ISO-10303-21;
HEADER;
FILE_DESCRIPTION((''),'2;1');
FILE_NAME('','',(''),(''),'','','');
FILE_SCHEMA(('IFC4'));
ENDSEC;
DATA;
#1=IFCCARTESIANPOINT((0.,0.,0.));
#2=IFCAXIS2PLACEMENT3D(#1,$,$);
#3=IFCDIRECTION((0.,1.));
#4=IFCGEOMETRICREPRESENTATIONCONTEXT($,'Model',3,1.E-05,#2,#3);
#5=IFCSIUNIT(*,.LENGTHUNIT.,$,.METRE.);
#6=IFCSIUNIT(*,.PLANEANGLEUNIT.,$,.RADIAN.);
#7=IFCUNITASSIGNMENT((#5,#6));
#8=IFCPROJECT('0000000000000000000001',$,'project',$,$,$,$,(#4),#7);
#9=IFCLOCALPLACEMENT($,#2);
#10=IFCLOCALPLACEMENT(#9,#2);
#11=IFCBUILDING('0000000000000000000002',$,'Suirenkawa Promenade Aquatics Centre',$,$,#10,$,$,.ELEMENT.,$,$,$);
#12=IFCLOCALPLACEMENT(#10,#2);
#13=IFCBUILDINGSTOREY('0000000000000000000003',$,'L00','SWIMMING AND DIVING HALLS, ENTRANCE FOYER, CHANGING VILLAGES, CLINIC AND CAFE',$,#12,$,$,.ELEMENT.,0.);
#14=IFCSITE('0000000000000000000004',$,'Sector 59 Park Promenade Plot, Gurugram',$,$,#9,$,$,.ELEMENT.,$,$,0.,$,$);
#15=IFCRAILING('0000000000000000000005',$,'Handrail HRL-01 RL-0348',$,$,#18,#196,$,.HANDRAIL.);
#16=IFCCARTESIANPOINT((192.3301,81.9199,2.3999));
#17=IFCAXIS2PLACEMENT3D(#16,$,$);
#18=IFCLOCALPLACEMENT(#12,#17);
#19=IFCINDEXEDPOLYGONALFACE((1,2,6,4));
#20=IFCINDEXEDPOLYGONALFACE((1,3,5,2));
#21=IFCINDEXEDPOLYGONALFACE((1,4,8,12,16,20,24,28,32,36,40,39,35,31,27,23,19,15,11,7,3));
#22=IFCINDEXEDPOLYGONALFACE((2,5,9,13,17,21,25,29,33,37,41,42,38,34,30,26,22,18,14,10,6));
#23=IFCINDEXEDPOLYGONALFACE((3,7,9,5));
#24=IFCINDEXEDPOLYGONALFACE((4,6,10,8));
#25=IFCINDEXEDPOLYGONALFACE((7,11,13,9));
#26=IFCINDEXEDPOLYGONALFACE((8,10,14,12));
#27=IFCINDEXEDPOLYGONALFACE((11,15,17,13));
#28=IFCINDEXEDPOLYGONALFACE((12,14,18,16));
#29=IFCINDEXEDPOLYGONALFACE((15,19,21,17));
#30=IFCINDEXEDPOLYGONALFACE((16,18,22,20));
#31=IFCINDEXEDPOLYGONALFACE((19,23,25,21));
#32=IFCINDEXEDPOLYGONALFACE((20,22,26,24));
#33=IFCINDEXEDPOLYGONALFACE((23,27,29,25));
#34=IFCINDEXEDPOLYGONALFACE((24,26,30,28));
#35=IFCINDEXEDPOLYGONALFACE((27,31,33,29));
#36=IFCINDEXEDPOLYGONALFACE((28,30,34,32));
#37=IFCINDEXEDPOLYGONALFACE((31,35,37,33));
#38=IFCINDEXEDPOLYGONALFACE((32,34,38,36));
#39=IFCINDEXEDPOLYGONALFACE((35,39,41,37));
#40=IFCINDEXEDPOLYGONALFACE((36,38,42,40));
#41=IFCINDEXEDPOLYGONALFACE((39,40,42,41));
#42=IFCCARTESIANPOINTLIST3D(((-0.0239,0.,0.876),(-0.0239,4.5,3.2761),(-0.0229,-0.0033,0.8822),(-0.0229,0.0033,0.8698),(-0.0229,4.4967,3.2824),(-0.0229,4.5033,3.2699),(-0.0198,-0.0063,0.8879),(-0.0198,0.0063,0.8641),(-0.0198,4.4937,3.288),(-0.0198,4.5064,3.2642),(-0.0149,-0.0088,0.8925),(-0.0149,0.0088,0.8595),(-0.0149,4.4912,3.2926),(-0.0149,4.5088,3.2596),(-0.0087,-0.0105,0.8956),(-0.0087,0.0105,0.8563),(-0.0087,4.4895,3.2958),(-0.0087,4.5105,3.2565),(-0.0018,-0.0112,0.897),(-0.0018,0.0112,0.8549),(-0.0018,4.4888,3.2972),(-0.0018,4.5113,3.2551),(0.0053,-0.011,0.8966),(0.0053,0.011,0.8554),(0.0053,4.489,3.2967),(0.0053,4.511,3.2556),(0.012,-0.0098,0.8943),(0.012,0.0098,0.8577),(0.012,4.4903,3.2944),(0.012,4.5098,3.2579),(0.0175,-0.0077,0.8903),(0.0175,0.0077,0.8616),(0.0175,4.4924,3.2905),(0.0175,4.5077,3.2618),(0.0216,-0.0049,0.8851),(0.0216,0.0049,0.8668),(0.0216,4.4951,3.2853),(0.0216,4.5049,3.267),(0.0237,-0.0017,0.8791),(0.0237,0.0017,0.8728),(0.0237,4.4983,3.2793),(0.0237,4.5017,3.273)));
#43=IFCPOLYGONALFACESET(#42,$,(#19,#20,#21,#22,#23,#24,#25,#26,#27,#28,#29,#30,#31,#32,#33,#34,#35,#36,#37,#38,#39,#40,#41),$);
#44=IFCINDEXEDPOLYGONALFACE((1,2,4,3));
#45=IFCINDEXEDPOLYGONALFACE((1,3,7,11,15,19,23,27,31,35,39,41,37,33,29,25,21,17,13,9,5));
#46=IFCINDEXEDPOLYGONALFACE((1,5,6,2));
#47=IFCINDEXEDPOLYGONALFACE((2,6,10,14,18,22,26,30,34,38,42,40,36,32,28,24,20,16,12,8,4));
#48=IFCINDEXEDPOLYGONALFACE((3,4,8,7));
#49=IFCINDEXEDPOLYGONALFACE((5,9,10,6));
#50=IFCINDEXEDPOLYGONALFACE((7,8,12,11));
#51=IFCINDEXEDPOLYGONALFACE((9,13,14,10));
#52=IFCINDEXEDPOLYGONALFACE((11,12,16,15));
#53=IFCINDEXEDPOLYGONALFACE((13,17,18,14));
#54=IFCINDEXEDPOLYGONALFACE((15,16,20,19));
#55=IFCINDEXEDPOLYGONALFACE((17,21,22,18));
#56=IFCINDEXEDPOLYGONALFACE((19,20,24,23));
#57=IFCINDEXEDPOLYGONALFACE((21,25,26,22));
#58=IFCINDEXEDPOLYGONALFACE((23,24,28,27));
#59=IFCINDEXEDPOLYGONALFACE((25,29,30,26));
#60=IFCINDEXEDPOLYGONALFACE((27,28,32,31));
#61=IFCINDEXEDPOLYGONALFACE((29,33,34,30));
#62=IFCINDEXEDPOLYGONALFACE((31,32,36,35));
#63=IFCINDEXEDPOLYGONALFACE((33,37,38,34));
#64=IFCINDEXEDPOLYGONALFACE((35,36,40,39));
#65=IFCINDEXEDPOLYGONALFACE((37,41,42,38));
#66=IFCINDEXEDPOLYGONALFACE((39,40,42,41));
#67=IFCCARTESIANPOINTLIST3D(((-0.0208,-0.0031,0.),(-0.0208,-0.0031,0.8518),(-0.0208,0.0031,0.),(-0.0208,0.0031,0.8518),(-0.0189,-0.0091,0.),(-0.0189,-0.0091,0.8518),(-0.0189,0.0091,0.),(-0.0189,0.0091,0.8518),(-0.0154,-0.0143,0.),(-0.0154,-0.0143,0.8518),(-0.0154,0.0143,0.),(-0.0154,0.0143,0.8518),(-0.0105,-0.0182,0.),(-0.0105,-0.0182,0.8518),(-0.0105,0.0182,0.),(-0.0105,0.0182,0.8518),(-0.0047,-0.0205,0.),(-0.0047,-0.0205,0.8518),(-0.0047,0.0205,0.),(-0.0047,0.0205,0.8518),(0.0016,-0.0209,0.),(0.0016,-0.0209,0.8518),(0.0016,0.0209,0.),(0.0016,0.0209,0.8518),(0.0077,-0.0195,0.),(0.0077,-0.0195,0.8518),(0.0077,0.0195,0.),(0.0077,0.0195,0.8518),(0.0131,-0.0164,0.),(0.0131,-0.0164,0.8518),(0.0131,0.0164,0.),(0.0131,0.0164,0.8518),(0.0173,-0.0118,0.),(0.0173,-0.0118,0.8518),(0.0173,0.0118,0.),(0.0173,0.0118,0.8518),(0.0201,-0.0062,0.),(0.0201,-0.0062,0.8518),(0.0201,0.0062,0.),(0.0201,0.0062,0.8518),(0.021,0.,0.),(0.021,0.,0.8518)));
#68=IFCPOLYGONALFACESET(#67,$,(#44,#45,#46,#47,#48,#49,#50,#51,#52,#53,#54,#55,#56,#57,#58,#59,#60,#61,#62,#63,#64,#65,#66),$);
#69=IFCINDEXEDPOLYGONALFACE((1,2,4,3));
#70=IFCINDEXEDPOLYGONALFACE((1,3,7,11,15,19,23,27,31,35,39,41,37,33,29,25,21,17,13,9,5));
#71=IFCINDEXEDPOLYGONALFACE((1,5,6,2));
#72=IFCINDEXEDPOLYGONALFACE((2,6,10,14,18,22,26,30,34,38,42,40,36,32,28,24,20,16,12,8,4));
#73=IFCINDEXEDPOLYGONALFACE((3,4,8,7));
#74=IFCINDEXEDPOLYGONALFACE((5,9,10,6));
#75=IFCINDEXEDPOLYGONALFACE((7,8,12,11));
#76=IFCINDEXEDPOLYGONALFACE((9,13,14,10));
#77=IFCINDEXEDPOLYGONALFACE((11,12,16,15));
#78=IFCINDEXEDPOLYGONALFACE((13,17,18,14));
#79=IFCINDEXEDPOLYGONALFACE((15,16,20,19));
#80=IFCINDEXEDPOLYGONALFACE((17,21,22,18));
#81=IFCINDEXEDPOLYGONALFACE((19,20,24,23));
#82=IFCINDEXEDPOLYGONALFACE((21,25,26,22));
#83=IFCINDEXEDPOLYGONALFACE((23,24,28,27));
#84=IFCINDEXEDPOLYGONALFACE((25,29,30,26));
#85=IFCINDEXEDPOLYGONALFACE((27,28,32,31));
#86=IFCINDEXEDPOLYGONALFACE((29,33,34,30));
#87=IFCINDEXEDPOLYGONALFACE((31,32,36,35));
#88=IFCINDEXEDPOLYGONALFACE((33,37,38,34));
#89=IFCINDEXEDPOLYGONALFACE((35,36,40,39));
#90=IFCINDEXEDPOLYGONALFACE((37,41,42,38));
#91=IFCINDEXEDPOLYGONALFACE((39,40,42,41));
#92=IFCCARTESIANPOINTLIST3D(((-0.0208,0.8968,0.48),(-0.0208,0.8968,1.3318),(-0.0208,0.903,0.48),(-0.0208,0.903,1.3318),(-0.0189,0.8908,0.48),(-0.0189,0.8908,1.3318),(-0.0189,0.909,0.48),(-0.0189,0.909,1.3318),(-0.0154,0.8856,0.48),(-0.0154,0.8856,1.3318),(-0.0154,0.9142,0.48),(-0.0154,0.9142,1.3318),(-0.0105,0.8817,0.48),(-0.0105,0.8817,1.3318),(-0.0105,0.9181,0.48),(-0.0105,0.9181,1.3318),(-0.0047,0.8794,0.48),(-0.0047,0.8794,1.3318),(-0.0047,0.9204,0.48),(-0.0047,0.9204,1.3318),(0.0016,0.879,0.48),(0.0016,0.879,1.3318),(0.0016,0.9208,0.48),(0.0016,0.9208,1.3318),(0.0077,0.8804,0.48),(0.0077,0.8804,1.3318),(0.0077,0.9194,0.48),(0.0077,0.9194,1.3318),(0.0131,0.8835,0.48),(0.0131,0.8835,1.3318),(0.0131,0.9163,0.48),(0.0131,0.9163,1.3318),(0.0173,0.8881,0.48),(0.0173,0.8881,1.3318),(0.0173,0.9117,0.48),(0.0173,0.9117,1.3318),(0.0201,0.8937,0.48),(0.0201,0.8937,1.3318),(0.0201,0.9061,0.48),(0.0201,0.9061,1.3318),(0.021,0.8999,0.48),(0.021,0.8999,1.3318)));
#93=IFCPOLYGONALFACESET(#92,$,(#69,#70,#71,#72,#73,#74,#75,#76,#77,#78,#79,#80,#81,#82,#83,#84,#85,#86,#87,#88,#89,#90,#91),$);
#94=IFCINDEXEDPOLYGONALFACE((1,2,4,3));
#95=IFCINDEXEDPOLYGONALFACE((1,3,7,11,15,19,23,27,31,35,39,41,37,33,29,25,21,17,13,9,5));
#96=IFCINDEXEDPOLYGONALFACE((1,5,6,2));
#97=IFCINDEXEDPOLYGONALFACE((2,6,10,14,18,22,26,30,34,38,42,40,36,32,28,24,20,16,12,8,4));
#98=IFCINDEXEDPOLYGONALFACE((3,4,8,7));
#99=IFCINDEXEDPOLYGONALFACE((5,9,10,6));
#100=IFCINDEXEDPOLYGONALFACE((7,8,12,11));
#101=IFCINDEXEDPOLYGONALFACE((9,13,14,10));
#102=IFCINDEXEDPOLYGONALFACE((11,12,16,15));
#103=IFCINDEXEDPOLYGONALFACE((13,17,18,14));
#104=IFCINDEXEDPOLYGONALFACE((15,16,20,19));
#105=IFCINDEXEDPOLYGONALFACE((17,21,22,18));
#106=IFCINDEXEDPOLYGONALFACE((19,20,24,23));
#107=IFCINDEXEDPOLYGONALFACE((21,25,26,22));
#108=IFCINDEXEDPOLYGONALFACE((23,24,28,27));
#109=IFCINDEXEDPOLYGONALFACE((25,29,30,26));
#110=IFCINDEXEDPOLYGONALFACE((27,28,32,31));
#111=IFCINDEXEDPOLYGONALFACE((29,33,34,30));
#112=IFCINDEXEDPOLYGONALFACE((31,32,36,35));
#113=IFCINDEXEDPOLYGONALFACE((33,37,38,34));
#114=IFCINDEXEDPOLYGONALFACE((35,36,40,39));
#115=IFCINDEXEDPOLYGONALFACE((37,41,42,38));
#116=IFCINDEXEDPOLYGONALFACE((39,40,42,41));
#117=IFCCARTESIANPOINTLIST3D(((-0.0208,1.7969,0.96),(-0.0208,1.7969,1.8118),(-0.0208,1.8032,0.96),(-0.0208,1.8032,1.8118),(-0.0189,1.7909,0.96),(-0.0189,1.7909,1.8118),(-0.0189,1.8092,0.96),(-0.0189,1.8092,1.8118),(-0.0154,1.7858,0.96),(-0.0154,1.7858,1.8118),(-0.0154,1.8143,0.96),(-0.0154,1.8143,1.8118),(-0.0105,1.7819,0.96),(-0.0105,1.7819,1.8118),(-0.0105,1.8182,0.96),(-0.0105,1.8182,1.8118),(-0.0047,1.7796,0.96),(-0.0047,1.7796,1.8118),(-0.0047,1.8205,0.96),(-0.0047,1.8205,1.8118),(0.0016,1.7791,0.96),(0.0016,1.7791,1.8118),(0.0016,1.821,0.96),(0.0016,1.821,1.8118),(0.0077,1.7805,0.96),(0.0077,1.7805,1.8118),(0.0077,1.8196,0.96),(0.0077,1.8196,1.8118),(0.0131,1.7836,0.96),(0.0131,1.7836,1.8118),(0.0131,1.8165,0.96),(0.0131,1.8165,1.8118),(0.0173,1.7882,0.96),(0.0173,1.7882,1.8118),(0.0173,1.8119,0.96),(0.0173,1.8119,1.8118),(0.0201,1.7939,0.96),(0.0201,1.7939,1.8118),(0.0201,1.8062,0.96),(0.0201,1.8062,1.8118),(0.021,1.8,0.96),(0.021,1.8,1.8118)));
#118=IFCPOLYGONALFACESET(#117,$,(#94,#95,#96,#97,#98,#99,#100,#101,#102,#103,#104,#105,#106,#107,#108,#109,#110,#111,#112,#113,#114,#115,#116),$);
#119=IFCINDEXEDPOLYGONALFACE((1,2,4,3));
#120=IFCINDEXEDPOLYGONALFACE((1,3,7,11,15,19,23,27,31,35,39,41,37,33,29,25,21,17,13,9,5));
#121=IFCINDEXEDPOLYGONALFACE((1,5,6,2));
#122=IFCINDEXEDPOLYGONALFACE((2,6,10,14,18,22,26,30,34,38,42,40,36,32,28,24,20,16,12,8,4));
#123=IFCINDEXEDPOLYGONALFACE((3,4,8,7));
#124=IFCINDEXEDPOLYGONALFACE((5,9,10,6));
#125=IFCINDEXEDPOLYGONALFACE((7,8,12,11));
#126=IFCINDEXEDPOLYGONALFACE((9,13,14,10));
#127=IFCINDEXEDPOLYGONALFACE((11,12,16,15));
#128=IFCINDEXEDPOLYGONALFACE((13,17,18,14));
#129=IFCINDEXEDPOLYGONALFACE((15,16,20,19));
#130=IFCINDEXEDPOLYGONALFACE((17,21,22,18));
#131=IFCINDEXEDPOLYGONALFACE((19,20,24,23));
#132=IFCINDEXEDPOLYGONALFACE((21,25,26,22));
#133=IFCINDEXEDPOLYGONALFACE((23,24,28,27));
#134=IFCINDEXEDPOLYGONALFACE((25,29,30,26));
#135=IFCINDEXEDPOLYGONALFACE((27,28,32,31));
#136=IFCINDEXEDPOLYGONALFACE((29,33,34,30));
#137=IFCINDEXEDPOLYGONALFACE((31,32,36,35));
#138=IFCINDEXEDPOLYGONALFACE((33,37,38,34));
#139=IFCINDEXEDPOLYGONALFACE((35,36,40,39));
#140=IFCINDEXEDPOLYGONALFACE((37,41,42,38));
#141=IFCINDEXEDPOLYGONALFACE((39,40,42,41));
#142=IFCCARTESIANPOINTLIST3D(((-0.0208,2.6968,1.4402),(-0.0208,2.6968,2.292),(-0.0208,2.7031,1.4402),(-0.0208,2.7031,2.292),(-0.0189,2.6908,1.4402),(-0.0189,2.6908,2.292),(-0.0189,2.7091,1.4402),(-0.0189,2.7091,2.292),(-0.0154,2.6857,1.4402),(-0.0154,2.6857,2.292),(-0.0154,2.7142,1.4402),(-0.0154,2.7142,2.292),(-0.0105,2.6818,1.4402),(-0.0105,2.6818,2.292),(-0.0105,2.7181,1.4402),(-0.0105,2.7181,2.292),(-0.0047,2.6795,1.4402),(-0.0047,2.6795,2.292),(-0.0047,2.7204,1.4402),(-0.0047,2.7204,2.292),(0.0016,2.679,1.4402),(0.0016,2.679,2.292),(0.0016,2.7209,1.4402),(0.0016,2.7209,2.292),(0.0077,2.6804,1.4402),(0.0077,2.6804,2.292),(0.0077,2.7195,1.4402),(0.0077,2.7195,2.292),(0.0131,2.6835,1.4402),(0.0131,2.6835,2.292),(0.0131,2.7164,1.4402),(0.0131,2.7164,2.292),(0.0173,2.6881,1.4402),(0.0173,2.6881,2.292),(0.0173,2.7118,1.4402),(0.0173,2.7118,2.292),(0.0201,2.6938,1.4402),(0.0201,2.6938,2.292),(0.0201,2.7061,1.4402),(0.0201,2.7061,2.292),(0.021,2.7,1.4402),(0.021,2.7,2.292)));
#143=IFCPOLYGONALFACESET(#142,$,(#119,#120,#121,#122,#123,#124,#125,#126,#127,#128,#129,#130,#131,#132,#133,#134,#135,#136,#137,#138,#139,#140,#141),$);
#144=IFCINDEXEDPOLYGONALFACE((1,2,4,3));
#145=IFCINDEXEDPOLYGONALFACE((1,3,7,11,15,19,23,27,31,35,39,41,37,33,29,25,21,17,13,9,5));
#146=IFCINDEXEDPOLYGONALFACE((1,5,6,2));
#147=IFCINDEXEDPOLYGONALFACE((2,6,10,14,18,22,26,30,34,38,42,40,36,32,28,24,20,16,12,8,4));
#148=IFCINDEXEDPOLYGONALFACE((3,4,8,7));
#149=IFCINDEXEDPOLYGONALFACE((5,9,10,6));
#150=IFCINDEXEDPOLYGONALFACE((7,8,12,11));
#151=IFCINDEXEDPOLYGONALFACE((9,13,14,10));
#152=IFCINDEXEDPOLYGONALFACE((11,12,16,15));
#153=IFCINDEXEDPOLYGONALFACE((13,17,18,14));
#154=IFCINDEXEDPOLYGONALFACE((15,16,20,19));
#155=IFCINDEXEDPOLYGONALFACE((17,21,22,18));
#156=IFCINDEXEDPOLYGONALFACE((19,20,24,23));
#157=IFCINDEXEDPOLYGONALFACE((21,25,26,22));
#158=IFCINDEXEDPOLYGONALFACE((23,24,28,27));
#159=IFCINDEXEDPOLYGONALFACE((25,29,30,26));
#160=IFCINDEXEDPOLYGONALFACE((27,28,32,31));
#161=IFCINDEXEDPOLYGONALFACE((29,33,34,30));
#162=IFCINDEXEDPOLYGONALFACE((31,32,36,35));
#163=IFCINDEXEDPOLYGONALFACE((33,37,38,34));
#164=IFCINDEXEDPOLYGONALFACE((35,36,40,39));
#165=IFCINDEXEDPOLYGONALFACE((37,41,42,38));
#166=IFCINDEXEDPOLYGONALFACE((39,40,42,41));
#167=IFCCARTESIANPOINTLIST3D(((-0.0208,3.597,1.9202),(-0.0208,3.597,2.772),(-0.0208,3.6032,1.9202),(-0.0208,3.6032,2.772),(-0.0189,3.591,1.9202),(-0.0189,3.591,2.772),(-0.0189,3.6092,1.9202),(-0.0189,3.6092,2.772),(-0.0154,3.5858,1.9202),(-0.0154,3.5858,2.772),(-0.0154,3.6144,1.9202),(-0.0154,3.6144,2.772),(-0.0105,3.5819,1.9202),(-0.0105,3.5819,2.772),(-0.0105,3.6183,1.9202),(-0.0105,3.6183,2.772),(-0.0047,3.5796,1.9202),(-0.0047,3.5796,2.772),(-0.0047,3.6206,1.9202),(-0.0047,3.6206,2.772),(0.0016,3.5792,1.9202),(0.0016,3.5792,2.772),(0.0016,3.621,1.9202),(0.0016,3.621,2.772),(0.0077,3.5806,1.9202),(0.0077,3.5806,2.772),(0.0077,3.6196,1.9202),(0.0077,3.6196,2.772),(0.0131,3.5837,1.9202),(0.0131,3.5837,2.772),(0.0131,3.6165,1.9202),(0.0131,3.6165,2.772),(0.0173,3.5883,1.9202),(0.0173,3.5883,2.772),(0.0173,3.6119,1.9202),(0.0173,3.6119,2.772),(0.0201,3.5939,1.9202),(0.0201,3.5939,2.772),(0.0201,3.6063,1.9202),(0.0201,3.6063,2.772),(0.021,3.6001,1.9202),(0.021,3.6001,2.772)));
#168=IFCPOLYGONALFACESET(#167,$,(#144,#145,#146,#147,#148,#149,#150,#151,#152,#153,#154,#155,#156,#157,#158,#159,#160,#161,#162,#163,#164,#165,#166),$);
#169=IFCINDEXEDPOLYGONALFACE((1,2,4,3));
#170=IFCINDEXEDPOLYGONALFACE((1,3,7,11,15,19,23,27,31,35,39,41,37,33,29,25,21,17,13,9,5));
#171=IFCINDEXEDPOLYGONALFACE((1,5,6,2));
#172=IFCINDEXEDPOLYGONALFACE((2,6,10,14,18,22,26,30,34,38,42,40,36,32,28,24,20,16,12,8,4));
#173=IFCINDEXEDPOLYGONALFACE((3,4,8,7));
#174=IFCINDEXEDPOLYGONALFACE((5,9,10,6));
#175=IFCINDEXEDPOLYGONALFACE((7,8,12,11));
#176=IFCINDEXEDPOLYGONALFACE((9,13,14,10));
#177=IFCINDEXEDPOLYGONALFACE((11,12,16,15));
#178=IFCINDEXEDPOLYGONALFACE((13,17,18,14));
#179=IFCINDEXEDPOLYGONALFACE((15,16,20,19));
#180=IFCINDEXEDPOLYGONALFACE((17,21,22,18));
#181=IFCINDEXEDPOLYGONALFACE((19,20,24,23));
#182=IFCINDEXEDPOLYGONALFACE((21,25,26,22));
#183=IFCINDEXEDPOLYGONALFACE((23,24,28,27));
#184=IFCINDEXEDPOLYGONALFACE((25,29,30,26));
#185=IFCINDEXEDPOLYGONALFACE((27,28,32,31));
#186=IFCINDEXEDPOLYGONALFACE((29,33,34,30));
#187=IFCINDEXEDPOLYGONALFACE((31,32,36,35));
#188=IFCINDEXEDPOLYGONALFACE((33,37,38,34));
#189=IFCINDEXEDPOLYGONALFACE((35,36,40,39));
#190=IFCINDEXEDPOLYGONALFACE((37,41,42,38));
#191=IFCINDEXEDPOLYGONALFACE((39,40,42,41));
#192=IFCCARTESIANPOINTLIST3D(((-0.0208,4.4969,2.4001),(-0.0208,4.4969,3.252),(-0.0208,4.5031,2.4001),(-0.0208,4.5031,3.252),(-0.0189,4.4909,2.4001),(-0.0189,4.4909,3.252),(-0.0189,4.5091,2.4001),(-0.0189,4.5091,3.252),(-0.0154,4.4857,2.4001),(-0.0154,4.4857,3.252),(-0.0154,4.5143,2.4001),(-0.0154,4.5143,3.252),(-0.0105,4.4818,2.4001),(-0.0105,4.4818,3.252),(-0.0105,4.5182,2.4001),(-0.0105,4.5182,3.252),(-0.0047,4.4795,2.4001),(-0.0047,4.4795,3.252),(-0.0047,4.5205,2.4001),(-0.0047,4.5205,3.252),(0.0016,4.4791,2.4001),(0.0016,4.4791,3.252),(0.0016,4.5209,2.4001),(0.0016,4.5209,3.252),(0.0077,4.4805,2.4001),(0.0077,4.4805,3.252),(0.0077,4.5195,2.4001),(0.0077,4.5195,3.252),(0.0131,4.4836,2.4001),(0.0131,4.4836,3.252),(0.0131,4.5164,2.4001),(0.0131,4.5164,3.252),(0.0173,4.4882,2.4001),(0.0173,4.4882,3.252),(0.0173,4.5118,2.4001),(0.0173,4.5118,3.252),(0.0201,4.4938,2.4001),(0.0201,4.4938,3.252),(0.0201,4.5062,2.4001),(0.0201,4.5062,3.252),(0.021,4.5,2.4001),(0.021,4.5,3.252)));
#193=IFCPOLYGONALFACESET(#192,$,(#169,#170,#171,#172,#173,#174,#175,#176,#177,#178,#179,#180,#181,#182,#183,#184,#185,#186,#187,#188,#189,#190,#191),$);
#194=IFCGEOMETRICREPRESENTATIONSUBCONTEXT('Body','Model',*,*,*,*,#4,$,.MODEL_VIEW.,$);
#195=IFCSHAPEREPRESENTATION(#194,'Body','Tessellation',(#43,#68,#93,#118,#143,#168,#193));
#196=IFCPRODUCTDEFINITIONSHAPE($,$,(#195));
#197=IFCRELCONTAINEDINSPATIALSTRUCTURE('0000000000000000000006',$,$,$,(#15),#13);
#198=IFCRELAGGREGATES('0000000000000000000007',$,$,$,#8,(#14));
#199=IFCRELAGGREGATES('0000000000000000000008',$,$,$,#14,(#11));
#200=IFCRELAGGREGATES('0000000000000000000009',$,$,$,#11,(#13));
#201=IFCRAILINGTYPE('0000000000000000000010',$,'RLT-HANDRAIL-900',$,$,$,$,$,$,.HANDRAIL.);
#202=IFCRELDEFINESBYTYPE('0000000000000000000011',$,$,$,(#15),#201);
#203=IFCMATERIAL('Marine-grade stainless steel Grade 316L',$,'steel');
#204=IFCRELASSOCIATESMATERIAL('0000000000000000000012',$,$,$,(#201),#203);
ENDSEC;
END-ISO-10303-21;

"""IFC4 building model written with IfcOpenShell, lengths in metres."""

from ifc_helpers import new_model, si_unit, direction, frame, origin, origin_2d, place, context, subcontext, project, spatial, circle, extrude, material, type_object, element, save


model = new_model("IFC4")

# Units and contexts
model_context = context("Model", 3, precision=1e-05, world=origin(), true_north=direction((0.0, 1.0)))
body_context = subcontext(model_context, "Body", "Model", "MODEL_VIEW")
ifc_project = project(units=[si_unit("LENGTHUNIT", "METRE"), si_unit("PLANEANGLEUNIT", "RADIAN")], contexts=[model_context])

# Site, building, storey
site_placement = place(None, origin())
site = spatial("IfcSite", under=ifc_project, at=site_placement, Name="Sector 59 Park Promenade Plot, Gurugram", CompositionType="ELEMENT", RefElevation=0.0)
building_placement = place(site_placement, origin())
building = spatial("IfcBuilding", under=site, at=building_placement, Name="Suirenkawa Promenade Aquatics Centre", CompositionType="ELEMENT")
storey_placement = place(building_placement, origin())
storey = spatial("IfcBuildingStorey", under=building, at=storey_placement, Name="L00", Description="SWIMMING AND DIVING HALLS, ENTRANCE FOYER, CHANGING VILLAGES, CLINIC AND CAFE", CompositionType="ELEMENT", Elevation=0.0)

# Railing
ifc_material_1 = material(Name="Marine-grade stainless steel Grade 316L", Category="steel")
railing_type_1 = type_object("IfcRailingType", Name="RLT-HANDRAIL-900", PredefinedType="HANDRAIL", material=ifc_material_1)
for number, where, name in (
    (1, (192.3301, 81.9199, 2.3999), "Handrail HRL-01 RL-0348"),
):
    element("IfcRailing", number, at=place(storey_placement, frame(where)), inside=storey, type_object=railing_type_1, Name=name, PredefinedType="HANDRAIL", context=body_context, shape_type="SweptSolid", body=[
        extrude(circle(Radius=0.0239, at=origin_2d()), frame((0.0, 0.0, 0.876), z_axis=(0.0, 0.882341, 0.470611), x_axis=(-1.0, 0.0, 0.0)), (0.0, 0.0, 1.0), 5.1001),
        extrude(circle(Radius=0.021, at=origin_2d()), origin(), (0.0, 0.0, 1.0), 0.8518),
        extrude(circle(Radius=0.021, at=origin_2d()), frame((0.0, 0.8999, 0.48)), (0.0, 0.0, 1.0), 0.8518),
        extrude(circle(Radius=0.021, at=origin_2d()), frame((0.0, 1.8, 0.96)), (0.0, 0.0, 1.0), 0.8518),
        extrude(circle(Radius=0.021, at=origin_2d()), frame((0.0, 2.7, 1.4402)), (0.0, 0.0, 1.0), 0.8518),
        extrude(circle(Radius=0.021, at=origin_2d()), frame((0.0, 3.6001, 1.9202)), (0.0, 0.0, 1.0), 0.8518),
        extrude(circle(Radius=0.021, at=origin_2d()), frame((0.0, 4.5, 2.4001)), (0.0, 0.0, 1.0), 0.8518),
    ])

save(model, "model.ifc")
